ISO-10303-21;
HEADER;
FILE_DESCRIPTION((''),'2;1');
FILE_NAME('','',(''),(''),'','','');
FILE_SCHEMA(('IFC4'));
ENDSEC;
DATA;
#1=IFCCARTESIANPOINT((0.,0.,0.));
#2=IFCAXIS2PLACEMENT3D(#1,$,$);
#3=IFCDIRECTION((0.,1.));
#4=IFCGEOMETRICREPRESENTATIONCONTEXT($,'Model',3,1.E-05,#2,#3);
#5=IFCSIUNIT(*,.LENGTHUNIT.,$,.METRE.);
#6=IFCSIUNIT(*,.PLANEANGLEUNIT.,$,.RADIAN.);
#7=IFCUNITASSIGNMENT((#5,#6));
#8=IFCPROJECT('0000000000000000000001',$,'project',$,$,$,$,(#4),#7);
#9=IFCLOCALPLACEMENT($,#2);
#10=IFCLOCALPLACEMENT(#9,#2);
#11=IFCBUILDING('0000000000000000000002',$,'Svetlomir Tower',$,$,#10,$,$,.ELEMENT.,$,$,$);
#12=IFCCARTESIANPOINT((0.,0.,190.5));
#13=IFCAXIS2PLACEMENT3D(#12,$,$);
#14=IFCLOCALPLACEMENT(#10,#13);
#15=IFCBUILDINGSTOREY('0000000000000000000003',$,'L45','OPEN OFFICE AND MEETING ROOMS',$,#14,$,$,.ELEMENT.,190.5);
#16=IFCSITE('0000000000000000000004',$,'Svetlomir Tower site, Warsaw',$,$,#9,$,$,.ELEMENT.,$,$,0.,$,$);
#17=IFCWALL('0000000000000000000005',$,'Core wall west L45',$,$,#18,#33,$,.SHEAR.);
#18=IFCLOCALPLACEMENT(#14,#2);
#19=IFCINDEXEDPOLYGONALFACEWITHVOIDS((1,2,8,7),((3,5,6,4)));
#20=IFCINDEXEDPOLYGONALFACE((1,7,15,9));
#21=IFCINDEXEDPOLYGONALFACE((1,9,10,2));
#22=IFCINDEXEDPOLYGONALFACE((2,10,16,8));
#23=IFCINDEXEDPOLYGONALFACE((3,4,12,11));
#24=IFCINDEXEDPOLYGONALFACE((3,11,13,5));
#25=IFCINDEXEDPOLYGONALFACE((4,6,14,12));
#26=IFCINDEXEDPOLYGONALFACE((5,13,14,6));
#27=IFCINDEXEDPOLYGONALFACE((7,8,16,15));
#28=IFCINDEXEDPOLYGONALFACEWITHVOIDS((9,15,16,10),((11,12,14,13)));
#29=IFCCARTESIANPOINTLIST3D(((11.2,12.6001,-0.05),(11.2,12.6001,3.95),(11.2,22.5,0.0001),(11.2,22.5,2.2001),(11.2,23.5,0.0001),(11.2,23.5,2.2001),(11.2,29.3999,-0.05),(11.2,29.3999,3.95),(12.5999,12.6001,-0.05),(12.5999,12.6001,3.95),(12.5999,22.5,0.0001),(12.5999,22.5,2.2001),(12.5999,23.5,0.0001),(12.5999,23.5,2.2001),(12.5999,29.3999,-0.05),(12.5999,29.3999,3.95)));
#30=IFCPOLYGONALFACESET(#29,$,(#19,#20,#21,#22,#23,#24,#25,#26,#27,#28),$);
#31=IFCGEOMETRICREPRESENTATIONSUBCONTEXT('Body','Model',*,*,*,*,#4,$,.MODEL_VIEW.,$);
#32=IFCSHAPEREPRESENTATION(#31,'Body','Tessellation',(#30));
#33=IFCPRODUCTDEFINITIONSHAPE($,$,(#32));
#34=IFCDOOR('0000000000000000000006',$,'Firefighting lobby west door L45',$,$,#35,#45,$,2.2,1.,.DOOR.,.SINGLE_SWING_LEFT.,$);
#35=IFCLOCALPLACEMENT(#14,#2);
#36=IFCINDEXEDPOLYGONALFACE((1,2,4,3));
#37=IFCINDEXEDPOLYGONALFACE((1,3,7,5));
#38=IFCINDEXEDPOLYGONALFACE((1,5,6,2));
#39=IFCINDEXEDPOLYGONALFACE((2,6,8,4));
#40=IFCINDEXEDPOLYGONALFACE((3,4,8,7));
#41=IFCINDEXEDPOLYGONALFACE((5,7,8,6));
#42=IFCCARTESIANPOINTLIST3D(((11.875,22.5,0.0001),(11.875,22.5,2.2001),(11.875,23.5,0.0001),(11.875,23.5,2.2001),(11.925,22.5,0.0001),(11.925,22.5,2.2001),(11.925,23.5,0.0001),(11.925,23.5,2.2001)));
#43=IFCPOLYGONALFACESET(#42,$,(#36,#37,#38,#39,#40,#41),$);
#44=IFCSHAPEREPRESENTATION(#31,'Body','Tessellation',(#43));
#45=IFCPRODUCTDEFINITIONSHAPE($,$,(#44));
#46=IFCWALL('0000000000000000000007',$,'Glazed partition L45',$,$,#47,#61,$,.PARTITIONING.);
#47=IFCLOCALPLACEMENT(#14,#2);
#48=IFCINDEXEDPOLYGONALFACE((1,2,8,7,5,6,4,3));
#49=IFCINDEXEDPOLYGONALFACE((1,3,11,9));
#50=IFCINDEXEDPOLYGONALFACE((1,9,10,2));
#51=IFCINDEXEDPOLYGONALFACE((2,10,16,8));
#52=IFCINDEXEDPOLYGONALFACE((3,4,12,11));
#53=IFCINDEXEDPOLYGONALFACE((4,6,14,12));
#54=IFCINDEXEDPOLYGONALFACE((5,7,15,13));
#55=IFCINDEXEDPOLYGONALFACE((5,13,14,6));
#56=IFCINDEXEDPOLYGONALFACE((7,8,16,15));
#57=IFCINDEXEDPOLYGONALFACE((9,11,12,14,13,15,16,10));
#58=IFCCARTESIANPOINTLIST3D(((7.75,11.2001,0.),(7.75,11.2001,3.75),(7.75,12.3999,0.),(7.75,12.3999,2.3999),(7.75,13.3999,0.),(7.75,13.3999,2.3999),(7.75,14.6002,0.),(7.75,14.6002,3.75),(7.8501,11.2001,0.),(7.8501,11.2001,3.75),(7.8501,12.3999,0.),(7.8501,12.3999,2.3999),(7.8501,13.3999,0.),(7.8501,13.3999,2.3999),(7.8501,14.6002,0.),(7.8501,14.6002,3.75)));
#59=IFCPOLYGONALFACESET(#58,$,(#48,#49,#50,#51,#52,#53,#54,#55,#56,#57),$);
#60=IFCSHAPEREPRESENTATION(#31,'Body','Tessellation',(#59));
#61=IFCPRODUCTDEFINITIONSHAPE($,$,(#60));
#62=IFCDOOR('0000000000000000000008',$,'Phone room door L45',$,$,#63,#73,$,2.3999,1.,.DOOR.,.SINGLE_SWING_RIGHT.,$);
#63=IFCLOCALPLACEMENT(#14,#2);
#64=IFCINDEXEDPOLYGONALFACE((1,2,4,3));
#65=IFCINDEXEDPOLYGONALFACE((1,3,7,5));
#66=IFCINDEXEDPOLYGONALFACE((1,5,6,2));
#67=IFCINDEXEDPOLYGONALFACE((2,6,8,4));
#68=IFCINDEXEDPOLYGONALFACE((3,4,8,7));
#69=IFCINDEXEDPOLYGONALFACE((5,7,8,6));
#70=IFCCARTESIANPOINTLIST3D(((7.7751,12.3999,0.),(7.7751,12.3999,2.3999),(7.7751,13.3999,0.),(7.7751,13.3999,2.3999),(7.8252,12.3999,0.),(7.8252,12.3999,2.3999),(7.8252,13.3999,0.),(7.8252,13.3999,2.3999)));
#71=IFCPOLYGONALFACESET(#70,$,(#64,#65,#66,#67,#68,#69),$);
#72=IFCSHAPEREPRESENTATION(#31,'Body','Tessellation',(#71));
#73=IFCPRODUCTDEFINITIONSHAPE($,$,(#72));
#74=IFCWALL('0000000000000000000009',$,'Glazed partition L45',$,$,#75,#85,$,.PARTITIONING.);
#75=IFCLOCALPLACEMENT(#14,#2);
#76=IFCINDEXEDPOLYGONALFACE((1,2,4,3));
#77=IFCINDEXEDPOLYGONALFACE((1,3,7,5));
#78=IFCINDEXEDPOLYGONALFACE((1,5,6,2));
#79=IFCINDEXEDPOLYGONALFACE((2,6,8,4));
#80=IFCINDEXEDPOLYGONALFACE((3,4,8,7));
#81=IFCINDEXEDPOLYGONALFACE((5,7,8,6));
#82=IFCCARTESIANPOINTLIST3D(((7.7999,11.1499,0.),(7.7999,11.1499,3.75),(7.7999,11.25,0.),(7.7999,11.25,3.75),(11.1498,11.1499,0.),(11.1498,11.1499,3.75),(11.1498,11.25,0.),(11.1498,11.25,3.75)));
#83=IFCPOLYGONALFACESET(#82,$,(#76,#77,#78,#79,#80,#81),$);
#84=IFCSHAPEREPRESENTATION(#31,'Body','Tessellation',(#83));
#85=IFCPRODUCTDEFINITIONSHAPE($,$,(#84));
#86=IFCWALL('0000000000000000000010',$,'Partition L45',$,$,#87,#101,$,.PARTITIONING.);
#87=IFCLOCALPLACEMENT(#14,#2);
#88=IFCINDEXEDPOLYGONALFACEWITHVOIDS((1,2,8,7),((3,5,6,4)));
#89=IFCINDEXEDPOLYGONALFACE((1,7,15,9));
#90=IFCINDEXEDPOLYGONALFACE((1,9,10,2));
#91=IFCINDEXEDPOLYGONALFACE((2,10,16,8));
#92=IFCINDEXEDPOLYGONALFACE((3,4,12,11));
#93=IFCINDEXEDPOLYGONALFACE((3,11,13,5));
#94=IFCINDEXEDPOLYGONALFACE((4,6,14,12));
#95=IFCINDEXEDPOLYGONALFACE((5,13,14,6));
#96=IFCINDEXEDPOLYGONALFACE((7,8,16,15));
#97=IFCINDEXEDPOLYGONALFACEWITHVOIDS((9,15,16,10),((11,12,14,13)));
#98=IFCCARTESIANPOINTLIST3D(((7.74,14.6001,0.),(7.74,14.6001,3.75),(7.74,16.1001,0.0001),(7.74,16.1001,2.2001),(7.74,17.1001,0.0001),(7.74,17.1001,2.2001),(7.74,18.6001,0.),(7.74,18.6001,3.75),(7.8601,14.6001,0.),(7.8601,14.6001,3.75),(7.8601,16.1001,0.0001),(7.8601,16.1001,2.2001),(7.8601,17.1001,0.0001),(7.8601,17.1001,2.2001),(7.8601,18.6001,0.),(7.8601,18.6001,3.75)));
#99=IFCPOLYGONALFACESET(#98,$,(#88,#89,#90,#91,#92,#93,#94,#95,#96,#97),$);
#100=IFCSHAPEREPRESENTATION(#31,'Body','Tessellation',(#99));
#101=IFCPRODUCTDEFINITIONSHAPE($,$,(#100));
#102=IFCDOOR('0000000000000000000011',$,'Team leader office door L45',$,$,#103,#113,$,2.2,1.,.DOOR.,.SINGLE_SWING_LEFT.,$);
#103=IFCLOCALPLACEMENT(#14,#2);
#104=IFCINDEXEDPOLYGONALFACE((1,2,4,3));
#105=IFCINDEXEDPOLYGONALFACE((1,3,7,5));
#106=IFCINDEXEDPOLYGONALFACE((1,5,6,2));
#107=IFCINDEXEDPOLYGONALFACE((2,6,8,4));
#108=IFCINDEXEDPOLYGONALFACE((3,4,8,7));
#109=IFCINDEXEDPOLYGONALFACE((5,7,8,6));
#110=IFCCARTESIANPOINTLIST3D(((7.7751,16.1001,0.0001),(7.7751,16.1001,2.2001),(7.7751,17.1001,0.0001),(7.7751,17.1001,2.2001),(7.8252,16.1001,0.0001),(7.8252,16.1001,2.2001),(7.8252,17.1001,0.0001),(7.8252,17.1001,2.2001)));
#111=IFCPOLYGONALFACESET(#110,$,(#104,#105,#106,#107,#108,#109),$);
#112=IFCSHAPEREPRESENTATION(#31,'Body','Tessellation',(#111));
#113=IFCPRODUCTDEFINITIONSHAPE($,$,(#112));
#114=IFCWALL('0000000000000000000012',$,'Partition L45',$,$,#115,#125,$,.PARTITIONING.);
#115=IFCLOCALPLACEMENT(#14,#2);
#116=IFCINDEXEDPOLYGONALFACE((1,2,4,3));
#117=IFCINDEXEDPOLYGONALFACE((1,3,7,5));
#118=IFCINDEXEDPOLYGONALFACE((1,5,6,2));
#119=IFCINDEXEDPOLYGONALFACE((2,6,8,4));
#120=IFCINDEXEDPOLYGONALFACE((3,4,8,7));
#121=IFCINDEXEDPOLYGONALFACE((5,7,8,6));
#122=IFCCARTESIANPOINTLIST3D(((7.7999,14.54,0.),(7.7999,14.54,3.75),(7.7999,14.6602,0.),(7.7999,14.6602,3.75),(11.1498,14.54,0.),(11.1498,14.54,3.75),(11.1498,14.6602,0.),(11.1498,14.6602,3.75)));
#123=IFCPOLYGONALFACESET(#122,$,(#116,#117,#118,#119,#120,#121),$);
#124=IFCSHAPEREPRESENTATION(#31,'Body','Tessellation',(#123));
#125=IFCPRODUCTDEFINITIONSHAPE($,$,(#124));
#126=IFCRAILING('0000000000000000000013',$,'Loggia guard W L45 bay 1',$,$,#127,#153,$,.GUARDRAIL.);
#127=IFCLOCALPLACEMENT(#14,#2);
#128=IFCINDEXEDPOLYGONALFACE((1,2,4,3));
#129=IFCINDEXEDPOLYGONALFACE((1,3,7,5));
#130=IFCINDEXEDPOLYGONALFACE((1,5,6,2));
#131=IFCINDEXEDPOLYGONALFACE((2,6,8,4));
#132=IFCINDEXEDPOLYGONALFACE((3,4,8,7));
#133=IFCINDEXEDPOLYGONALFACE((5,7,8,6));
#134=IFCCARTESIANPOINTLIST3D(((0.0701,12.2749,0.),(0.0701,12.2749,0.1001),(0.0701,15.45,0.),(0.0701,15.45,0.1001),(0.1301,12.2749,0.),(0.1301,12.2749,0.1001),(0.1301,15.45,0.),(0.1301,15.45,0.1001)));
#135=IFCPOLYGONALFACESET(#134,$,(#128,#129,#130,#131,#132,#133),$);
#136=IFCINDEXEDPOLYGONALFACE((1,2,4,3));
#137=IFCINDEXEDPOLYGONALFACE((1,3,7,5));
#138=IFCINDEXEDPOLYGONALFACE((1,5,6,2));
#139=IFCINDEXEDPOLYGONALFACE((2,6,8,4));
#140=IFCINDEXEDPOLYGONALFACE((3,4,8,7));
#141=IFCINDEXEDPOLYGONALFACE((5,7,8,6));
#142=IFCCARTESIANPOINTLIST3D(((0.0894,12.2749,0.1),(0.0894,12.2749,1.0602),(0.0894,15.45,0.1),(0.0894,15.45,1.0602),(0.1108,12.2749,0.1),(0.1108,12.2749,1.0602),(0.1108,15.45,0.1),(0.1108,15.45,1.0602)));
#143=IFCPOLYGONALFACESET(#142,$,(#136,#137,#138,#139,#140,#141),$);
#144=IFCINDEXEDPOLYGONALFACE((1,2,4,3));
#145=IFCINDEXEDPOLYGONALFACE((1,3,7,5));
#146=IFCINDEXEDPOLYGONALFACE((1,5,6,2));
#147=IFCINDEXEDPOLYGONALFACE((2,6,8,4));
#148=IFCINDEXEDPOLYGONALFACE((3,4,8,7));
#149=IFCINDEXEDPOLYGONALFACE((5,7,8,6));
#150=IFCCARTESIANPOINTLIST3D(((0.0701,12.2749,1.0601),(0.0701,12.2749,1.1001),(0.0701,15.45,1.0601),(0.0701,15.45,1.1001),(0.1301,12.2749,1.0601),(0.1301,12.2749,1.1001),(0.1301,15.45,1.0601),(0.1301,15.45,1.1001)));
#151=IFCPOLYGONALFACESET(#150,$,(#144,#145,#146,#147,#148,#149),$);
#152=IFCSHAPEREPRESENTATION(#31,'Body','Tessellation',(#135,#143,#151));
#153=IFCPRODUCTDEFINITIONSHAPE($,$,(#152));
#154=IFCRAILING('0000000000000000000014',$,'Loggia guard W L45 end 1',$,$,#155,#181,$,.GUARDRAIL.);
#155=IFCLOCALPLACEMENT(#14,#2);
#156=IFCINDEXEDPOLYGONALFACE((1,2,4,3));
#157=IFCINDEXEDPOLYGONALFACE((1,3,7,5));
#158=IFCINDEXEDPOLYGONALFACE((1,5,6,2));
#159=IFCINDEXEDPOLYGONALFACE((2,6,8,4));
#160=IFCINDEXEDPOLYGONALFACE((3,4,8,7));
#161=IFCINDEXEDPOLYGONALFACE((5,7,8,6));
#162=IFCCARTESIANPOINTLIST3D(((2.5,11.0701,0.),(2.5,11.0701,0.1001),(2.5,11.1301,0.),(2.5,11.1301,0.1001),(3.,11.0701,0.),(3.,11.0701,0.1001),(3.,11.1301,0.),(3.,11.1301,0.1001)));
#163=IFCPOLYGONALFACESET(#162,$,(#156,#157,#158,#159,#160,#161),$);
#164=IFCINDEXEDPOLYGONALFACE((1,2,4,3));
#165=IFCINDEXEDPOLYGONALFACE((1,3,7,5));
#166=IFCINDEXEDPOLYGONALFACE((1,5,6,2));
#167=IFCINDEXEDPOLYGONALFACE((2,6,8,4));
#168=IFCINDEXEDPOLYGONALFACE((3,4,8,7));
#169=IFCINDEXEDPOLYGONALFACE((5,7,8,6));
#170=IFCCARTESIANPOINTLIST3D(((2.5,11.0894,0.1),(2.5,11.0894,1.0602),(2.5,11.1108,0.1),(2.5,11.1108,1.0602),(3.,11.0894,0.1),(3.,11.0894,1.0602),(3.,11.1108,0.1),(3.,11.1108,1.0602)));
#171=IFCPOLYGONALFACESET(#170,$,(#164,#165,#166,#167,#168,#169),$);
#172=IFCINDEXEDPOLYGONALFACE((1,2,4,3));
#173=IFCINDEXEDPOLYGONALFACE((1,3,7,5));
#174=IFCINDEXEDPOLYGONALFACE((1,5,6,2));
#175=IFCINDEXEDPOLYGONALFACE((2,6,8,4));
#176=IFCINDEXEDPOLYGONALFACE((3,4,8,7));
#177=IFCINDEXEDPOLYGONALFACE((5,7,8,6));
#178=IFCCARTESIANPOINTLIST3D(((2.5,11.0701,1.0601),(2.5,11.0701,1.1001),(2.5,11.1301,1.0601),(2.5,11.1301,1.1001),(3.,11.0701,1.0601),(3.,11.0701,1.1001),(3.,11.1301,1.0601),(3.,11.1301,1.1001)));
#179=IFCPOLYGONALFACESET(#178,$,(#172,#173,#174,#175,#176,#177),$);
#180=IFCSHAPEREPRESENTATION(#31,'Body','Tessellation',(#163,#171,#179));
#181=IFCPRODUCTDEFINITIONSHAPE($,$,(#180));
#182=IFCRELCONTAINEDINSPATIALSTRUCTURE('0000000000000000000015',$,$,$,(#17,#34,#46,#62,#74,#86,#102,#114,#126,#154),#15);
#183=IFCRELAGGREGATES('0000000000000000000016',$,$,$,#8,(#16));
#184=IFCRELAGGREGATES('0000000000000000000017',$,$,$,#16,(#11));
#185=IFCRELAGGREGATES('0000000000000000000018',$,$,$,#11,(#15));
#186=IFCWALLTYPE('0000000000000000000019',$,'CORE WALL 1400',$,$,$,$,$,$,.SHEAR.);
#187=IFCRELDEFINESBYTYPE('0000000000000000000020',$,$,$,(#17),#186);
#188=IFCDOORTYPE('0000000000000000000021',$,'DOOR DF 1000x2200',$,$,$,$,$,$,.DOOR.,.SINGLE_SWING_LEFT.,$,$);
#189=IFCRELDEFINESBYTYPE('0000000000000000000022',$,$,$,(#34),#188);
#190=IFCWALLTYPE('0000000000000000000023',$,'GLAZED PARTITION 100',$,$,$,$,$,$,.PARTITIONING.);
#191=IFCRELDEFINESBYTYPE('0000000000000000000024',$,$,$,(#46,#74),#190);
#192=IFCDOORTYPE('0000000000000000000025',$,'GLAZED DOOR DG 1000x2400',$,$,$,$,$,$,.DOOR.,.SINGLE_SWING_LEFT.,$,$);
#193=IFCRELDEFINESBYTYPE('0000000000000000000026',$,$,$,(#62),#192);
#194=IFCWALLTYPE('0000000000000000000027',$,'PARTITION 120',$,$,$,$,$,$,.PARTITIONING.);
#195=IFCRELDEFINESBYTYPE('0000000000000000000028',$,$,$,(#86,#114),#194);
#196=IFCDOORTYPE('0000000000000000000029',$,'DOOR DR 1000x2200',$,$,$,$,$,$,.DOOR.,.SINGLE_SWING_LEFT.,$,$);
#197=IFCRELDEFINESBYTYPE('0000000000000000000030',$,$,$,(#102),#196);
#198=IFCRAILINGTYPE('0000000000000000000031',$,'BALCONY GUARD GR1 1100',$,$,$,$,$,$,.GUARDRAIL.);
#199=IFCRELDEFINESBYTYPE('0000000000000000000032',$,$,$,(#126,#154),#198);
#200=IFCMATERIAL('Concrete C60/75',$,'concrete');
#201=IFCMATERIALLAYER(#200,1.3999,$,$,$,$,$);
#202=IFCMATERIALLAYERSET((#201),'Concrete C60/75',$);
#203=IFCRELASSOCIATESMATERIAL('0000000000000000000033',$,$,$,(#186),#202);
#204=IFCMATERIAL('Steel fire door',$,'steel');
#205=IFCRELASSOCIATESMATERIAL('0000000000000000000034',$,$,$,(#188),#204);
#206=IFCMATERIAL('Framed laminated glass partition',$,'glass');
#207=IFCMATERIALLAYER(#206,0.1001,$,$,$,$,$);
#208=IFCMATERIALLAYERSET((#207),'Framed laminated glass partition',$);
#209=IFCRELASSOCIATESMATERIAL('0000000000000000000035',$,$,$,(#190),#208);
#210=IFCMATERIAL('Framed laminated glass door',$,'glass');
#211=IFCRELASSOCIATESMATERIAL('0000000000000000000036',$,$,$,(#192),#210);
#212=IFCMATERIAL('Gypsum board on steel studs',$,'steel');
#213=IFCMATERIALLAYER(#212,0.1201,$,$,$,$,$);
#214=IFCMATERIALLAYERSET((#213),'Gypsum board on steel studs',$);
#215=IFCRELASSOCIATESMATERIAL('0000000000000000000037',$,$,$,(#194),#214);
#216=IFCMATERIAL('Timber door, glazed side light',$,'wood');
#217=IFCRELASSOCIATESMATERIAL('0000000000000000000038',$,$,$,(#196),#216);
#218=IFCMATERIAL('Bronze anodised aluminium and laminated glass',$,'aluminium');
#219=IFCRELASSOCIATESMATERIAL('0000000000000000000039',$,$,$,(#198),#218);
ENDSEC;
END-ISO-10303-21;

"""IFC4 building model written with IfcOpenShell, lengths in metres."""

from ifc_helpers import new_model, si_unit, direction, frame, frame_2d, origin, origin_2d, place, context, subcontext, project, spatial, rectangle, extrude, material, layer, layer_set, type_object, element, fill, save


model = new_model("IFC4")

# Units and contexts
model_context = context("Model", 3, precision=1e-05, world=origin(), true_north=direction((0.0, 1.0)))
body_context = subcontext(model_context, "Body", "Model", "MODEL_VIEW")
ifc_project = project(units=[si_unit("LENGTHUNIT", "METRE"), si_unit("PLANEANGLEUNIT", "RADIAN")], contexts=[model_context])

# Site, building, storey
site_placement = place(None, origin())
site = spatial("IfcSite", under=ifc_project, at=site_placement, Name="Svetlomir Tower site, Warsaw", CompositionType="ELEMENT", RefElevation=0.0)
building_placement = place(site_placement, origin())
building = spatial("IfcBuilding", under=site, at=building_placement, Name="Svetlomir Tower", CompositionType="ELEMENT")
storey_placement = place(building_placement, frame((0.0, 0.0, 190.5)))
storey = spatial("IfcBuildingStorey", under=building, at=storey_placement, Name="L45", Description="OPEN OFFICE AND MEETING ROOMS", CompositionType="ELEMENT", Elevation=190.5)

# Walls, openings, doors
ifc_material_1 = material(Name="Concrete C60/75", Category="concrete")
ifc_layer_1 = layer(ifc_material_1, 1.3999)
ifc_layer_set_1 = layer_set([ifc_layer_1], Name="Concrete C60/75")
wall_type_1 = type_object("IfcWallType", Name="CORE WALL 1400", PredefinedType="SHEAR", material=ifc_layer_set_1)
wall_1_placement = place(storey_placement, frame((11.8999, 12.6001, -0.05), z_axis=(0.0, 0.0, 1.0), x_axis=(0.0, 1.0, 0.0)))
wall_1 = element("IfcWall", 1, at=wall_1_placement, inside=storey, type_object=wall_type_1, Name="Core wall west L45", PredefinedType="SHEAR", context=body_context, shape_type="SweptSolid", body=[
    extrude(rectangle(XDim=16.7998, YDim=1.3999, at=frame_2d((8.3999, 0.0))), origin(), (0.0, 0.0, 1.0), 4.0),
])
opening_1_placement = place(wall_1_placement, frame((9.8999, 0.0, 0.05)))
opening_1 = element("IfcOpeningElement", 2, at=opening_1_placement, cuts=wall_1, PredefinedType="OPENING", context=body_context, shape_type="SweptSolid", body=[
    extrude(rectangle(XDim=1.0, YDim=2.2, at=frame_2d((0.5, 1.1001))), frame((0.0, 0.71, 0.0), z_axis=(0.0, -1.0, 0.0), x_axis=(1.0, 0.0, 0.0)), (0.0, 0.0, 1.0), 1.4199),
])
ifc_material_2 = material(Name="Steel fire door", Category="steel")
door_type_1 = type_object("IfcDoorType", Name="DOOR DF 1000x2200", OperationType="SINGLE_SWING_LEFT", PredefinedType="DOOR", material=ifc_material_2)
door_1_placement = place(opening_1_placement, origin())
door_1 = element("IfcDoor", 3, at=door_1_placement, inside=storey, type_object=door_type_1, Name="Firefighting lobby west door L45", OperationType="SINGLE_SWING_LEFT", OverallHeight=2.2, OverallWidth=1.0, PredefinedType="DOOR", context=body_context, shape_type="SweptSolid", body=[
    extrude(rectangle(XDim=1.0, YDim=2.2, at=frame_2d((0.5, 1.1001))), frame((0.0, 0.0249, 0.0), z_axis=(0.0, -1.0, 0.0), x_axis=(1.0, 0.0, 0.0)), (0.0, 0.0, 1.0), 0.05),
])
fill(opening_1, door_1)
ifc_material_3 = material(Name="Framed laminated glass partition", Category="glass")
ifc_layer_2 = layer(ifc_material_3, 0.1001)
ifc_layer_set_2 = layer_set([ifc_layer_2], Name="Framed laminated glass partition")
wall_type_2 = type_object("IfcWallType", Name="GLAZED PARTITION 100", PredefinedType="PARTITIONING", material=ifc_layer_set_2)
wall_2_placement = place(storey_placement, frame((7.8, 11.2, 0.0), z_axis=(0.0, 0.0, 1.0), x_axis=(0.0, 1.0, 0.0)))
wall_2 = element("IfcWall", 4, at=wall_2_placement, inside=storey, type_object=wall_type_2, Name="Glazed partition L45", PredefinedType="PARTITIONING", context=body_context, shape_type="SweptSolid", body=[
    extrude(rectangle(XDim=3.4001, YDim=0.1001, at=frame_2d((1.7002, 0.0))), origin(), (0.0, 0.0, 1.0), 3.75),
])
opening_2_placement = place(wall_2_placement, frame((1.2, 0.0, 0.0)))
opening_2 = element("IfcOpeningElement", 5, at=opening_2_placement, cuts=wall_2, PredefinedType="OPENING", context=body_context, shape_type="SweptSolid", body=[
    extrude(rectangle(XDim=1.0, YDim=2.3999, at=frame_2d((0.5, 1.2))), frame((0.0, 0.0601, 0.0), z_axis=(0.0, -1.0, 0.0), x_axis=(1.0, 0.0, 0.0)), (0.0, 0.0, 1.0), 0.1201),
])
ifc_material_4 = material(Name="Framed laminated glass door", Category="glass")
door_type_2 = type_object("IfcDoorType", Name="GLAZED DOOR DG 1000x2400", OperationType="SINGLE_SWING_LEFT", PredefinedType="DOOR", material=ifc_material_4)
door_2_placement = place(opening_2_placement, origin())
door_2 = element("IfcDoor", 6, at=door_2_placement, inside=storey, type_object=door_type_2, Name="Phone room door L45", OperationType="SINGLE_SWING_RIGHT", OverallHeight=2.3999, OverallWidth=1.0, PredefinedType="DOOR", context=body_context, shape_type="SweptSolid", body=[
    extrude(rectangle(XDim=1.0, YDim=2.3999, at=frame_2d((0.5, 1.2))), frame((0.0, 0.0249, 0.0), z_axis=(0.0, -1.0, 0.0), x_axis=(1.0, 0.0, 0.0)), (0.0, 0.0, 1.0), 0.05),
])
fill(opening_2, door_2)

# Wall
wall_3_placement = place(storey_placement, frame((7.8, 11.2, 0.0), z_axis=(0.0, 0.0, 1.0), x_axis=(1.0, 0.0, 0.0)))
element("IfcWall", 7, at=wall_3_placement, inside=storey, type_object=wall_type_2, Name="Glazed partition L45", PredefinedType="PARTITIONING", context=body_context, shape_type="SweptSolid", body=[
    extrude(rectangle(XDim=3.3499, YDim=0.1001, at=frame_2d((1.6748, 0.0))), origin(), (0.0, 0.0, 1.0), 3.75),
])

# Wall, opening, door
ifc_material_5 = material(Name="Gypsum board on steel studs", Category="steel")
ifc_layer_3 = layer(ifc_material_5, 0.1201)
ifc_layer_set_3 = layer_set([ifc_layer_3], Name="Gypsum board on steel studs")
wall_type_3 = type_object("IfcWallType", Name="PARTITION 120", PredefinedType="PARTITIONING", material=ifc_layer_set_3)
wall_4_placement = place(storey_placement, frame((7.8, 14.6001, 0.0), z_axis=(0.0, 0.0, 1.0), x_axis=(0.0, 1.0, 0.0)))
wall_4 = element("IfcWall", 8, at=wall_4_placement, inside=storey, type_object=wall_type_3, Name="Partition L45", PredefinedType="PARTITIONING", context=body_context, shape_type="SweptSolid", body=[
    extrude(rectangle(XDim=4.0, YDim=0.1201, at=frame_2d((2.0, 0.0))), origin(), (0.0, 0.0, 1.0), 3.75),
])
opening_3_placement = place(wall_4_placement, frame((1.5, 0.0, 0.0)))
opening_3 = element("IfcOpeningElement", 9, at=opening_3_placement, cuts=wall_4, PredefinedType="OPENING", context=body_context, shape_type="SweptSolid", body=[
    extrude(rectangle(XDim=1.0, YDim=2.2, at=frame_2d((0.5, 1.1001))), frame((0.0, 0.0701, 0.0), z_axis=(0.0, -1.0, 0.0), x_axis=(1.0, 0.0, 0.0)), (0.0, 0.0, 1.0), 0.1401),
])
ifc_material_6 = material(Name="Timber door, glazed side light", Category="wood")
door_type_3 = type_object("IfcDoorType", Name="DOOR DR 1000x2200", OperationType="SINGLE_SWING_LEFT", PredefinedType="DOOR", material=ifc_material_6)
door_3_placement = place(opening_3_placement, origin())
door_3 = element("IfcDoor", 10, at=door_3_placement, inside=storey, type_object=door_type_3, Name="Team leader office door L45", OperationType="SINGLE_SWING_LEFT", OverallHeight=2.2, OverallWidth=1.0, PredefinedType="DOOR", context=body_context, shape_type="SweptSolid", body=[
    extrude(rectangle(XDim=1.0, YDim=2.2, at=frame_2d((0.5, 1.1001))), frame((0.0, 0.0249, 0.0), z_axis=(0.0, -1.0, 0.0), x_axis=(1.0, 0.0, 0.0)), (0.0, 0.0, 1.0), 0.05),
])
fill(opening_3, door_3)

# Wall
wall_5_placement = place(storey_placement, frame((7.8, 14.6001, 0.0), z_axis=(0.0, 0.0, 1.0), x_axis=(1.0, 0.0, 0.0)))
element("IfcWall", 11, at=wall_5_placement, inside=storey, type_object=wall_type_3, Name="Partition L45", PredefinedType="PARTITIONING", context=body_context, shape_type="SweptSolid", body=[
    extrude(rectangle(XDim=3.3499, YDim=0.1201, at=frame_2d((1.6748, 0.0))), origin(), (0.0, 0.0, 1.0), 3.75),
])

# Railings
ifc_material_7 = material(Name="Bronze anodised aluminium and laminated glass", Category="aluminium")
railing_type = type_object("IfcRailingType", Name="BALCONY GUARD GR1 1100", PredefinedType="GUARDRAIL", material=ifc_material_7)
railing_1_placement = place(storey_placement, frame((0.1001, 12.2749, 0.0)))
element("IfcRailing", 12, at=railing_1_placement, inside=storey, type_object=railing_type, Name="Loggia guard W L45 bay 1", PredefinedType="GUARDRAIL", context=body_context, shape_type="SweptSolid", body=[
    extrude(rectangle(XDim=0.0601, YDim=0.1001, at=origin_2d()), frame((0.0, 0.0, 0.05), z_axis=(0.0, 1.0, 0.0), x_axis=(-1.0, 0.0, 0.0)), (0.0, 0.0, 1.0), 3.175),
    extrude(rectangle(XDim=0.0215, YDim=0.9602, at=origin_2d()), frame((0.0, 0.0, 0.5801), z_axis=(0.0, 1.0, 0.0), x_axis=(-1.0, 0.0, 0.0)), (0.0, 0.0, 1.0), 3.175),
    extrude(rectangle(XDim=0.0601, YDim=0.04, at=origin_2d()), frame((0.0, 0.0, 1.0801), z_axis=(0.0, 1.0, 0.0), x_axis=(-1.0, 0.0, 0.0)), (0.0, 0.0, 1.0), 3.175),
])
railing_2_placement = place(storey_placement, frame((2.5, 11.1001, 0.0)))
element("IfcRailing", 13, at=railing_2_placement, inside=storey, type_object=railing_type, Name="Loggia guard W L45 end 1", PredefinedType="GUARDRAIL", context=body_context, shape_type="SweptSolid", body=[
    extrude(rectangle(XDim=0.0601, YDim=0.1001, at=origin_2d()), frame((0.0, 0.0, 0.05), z_axis=(1.0, 0.0, 0.0), x_axis=(0.0, 1.0, 0.0)), (0.0, 0.0, 1.0), 0.5),
    extrude(rectangle(XDim=0.0215, YDim=0.9602, at=origin_2d()), frame((0.0, 0.0, 0.5801), z_axis=(1.0, 0.0, 0.0), x_axis=(0.0, 1.0, 0.0)), (0.0, 0.0, 1.0), 0.5),
    extrude(rectangle(XDim=0.0601, YDim=0.04, at=origin_2d()), frame((0.0, 0.0, 1.0801), z_axis=(1.0, 0.0, 0.0), x_axis=(0.0, 1.0, 0.0)), (0.0, 0.0, 1.0), 0.5),
])

save(model, "model.ifc")
